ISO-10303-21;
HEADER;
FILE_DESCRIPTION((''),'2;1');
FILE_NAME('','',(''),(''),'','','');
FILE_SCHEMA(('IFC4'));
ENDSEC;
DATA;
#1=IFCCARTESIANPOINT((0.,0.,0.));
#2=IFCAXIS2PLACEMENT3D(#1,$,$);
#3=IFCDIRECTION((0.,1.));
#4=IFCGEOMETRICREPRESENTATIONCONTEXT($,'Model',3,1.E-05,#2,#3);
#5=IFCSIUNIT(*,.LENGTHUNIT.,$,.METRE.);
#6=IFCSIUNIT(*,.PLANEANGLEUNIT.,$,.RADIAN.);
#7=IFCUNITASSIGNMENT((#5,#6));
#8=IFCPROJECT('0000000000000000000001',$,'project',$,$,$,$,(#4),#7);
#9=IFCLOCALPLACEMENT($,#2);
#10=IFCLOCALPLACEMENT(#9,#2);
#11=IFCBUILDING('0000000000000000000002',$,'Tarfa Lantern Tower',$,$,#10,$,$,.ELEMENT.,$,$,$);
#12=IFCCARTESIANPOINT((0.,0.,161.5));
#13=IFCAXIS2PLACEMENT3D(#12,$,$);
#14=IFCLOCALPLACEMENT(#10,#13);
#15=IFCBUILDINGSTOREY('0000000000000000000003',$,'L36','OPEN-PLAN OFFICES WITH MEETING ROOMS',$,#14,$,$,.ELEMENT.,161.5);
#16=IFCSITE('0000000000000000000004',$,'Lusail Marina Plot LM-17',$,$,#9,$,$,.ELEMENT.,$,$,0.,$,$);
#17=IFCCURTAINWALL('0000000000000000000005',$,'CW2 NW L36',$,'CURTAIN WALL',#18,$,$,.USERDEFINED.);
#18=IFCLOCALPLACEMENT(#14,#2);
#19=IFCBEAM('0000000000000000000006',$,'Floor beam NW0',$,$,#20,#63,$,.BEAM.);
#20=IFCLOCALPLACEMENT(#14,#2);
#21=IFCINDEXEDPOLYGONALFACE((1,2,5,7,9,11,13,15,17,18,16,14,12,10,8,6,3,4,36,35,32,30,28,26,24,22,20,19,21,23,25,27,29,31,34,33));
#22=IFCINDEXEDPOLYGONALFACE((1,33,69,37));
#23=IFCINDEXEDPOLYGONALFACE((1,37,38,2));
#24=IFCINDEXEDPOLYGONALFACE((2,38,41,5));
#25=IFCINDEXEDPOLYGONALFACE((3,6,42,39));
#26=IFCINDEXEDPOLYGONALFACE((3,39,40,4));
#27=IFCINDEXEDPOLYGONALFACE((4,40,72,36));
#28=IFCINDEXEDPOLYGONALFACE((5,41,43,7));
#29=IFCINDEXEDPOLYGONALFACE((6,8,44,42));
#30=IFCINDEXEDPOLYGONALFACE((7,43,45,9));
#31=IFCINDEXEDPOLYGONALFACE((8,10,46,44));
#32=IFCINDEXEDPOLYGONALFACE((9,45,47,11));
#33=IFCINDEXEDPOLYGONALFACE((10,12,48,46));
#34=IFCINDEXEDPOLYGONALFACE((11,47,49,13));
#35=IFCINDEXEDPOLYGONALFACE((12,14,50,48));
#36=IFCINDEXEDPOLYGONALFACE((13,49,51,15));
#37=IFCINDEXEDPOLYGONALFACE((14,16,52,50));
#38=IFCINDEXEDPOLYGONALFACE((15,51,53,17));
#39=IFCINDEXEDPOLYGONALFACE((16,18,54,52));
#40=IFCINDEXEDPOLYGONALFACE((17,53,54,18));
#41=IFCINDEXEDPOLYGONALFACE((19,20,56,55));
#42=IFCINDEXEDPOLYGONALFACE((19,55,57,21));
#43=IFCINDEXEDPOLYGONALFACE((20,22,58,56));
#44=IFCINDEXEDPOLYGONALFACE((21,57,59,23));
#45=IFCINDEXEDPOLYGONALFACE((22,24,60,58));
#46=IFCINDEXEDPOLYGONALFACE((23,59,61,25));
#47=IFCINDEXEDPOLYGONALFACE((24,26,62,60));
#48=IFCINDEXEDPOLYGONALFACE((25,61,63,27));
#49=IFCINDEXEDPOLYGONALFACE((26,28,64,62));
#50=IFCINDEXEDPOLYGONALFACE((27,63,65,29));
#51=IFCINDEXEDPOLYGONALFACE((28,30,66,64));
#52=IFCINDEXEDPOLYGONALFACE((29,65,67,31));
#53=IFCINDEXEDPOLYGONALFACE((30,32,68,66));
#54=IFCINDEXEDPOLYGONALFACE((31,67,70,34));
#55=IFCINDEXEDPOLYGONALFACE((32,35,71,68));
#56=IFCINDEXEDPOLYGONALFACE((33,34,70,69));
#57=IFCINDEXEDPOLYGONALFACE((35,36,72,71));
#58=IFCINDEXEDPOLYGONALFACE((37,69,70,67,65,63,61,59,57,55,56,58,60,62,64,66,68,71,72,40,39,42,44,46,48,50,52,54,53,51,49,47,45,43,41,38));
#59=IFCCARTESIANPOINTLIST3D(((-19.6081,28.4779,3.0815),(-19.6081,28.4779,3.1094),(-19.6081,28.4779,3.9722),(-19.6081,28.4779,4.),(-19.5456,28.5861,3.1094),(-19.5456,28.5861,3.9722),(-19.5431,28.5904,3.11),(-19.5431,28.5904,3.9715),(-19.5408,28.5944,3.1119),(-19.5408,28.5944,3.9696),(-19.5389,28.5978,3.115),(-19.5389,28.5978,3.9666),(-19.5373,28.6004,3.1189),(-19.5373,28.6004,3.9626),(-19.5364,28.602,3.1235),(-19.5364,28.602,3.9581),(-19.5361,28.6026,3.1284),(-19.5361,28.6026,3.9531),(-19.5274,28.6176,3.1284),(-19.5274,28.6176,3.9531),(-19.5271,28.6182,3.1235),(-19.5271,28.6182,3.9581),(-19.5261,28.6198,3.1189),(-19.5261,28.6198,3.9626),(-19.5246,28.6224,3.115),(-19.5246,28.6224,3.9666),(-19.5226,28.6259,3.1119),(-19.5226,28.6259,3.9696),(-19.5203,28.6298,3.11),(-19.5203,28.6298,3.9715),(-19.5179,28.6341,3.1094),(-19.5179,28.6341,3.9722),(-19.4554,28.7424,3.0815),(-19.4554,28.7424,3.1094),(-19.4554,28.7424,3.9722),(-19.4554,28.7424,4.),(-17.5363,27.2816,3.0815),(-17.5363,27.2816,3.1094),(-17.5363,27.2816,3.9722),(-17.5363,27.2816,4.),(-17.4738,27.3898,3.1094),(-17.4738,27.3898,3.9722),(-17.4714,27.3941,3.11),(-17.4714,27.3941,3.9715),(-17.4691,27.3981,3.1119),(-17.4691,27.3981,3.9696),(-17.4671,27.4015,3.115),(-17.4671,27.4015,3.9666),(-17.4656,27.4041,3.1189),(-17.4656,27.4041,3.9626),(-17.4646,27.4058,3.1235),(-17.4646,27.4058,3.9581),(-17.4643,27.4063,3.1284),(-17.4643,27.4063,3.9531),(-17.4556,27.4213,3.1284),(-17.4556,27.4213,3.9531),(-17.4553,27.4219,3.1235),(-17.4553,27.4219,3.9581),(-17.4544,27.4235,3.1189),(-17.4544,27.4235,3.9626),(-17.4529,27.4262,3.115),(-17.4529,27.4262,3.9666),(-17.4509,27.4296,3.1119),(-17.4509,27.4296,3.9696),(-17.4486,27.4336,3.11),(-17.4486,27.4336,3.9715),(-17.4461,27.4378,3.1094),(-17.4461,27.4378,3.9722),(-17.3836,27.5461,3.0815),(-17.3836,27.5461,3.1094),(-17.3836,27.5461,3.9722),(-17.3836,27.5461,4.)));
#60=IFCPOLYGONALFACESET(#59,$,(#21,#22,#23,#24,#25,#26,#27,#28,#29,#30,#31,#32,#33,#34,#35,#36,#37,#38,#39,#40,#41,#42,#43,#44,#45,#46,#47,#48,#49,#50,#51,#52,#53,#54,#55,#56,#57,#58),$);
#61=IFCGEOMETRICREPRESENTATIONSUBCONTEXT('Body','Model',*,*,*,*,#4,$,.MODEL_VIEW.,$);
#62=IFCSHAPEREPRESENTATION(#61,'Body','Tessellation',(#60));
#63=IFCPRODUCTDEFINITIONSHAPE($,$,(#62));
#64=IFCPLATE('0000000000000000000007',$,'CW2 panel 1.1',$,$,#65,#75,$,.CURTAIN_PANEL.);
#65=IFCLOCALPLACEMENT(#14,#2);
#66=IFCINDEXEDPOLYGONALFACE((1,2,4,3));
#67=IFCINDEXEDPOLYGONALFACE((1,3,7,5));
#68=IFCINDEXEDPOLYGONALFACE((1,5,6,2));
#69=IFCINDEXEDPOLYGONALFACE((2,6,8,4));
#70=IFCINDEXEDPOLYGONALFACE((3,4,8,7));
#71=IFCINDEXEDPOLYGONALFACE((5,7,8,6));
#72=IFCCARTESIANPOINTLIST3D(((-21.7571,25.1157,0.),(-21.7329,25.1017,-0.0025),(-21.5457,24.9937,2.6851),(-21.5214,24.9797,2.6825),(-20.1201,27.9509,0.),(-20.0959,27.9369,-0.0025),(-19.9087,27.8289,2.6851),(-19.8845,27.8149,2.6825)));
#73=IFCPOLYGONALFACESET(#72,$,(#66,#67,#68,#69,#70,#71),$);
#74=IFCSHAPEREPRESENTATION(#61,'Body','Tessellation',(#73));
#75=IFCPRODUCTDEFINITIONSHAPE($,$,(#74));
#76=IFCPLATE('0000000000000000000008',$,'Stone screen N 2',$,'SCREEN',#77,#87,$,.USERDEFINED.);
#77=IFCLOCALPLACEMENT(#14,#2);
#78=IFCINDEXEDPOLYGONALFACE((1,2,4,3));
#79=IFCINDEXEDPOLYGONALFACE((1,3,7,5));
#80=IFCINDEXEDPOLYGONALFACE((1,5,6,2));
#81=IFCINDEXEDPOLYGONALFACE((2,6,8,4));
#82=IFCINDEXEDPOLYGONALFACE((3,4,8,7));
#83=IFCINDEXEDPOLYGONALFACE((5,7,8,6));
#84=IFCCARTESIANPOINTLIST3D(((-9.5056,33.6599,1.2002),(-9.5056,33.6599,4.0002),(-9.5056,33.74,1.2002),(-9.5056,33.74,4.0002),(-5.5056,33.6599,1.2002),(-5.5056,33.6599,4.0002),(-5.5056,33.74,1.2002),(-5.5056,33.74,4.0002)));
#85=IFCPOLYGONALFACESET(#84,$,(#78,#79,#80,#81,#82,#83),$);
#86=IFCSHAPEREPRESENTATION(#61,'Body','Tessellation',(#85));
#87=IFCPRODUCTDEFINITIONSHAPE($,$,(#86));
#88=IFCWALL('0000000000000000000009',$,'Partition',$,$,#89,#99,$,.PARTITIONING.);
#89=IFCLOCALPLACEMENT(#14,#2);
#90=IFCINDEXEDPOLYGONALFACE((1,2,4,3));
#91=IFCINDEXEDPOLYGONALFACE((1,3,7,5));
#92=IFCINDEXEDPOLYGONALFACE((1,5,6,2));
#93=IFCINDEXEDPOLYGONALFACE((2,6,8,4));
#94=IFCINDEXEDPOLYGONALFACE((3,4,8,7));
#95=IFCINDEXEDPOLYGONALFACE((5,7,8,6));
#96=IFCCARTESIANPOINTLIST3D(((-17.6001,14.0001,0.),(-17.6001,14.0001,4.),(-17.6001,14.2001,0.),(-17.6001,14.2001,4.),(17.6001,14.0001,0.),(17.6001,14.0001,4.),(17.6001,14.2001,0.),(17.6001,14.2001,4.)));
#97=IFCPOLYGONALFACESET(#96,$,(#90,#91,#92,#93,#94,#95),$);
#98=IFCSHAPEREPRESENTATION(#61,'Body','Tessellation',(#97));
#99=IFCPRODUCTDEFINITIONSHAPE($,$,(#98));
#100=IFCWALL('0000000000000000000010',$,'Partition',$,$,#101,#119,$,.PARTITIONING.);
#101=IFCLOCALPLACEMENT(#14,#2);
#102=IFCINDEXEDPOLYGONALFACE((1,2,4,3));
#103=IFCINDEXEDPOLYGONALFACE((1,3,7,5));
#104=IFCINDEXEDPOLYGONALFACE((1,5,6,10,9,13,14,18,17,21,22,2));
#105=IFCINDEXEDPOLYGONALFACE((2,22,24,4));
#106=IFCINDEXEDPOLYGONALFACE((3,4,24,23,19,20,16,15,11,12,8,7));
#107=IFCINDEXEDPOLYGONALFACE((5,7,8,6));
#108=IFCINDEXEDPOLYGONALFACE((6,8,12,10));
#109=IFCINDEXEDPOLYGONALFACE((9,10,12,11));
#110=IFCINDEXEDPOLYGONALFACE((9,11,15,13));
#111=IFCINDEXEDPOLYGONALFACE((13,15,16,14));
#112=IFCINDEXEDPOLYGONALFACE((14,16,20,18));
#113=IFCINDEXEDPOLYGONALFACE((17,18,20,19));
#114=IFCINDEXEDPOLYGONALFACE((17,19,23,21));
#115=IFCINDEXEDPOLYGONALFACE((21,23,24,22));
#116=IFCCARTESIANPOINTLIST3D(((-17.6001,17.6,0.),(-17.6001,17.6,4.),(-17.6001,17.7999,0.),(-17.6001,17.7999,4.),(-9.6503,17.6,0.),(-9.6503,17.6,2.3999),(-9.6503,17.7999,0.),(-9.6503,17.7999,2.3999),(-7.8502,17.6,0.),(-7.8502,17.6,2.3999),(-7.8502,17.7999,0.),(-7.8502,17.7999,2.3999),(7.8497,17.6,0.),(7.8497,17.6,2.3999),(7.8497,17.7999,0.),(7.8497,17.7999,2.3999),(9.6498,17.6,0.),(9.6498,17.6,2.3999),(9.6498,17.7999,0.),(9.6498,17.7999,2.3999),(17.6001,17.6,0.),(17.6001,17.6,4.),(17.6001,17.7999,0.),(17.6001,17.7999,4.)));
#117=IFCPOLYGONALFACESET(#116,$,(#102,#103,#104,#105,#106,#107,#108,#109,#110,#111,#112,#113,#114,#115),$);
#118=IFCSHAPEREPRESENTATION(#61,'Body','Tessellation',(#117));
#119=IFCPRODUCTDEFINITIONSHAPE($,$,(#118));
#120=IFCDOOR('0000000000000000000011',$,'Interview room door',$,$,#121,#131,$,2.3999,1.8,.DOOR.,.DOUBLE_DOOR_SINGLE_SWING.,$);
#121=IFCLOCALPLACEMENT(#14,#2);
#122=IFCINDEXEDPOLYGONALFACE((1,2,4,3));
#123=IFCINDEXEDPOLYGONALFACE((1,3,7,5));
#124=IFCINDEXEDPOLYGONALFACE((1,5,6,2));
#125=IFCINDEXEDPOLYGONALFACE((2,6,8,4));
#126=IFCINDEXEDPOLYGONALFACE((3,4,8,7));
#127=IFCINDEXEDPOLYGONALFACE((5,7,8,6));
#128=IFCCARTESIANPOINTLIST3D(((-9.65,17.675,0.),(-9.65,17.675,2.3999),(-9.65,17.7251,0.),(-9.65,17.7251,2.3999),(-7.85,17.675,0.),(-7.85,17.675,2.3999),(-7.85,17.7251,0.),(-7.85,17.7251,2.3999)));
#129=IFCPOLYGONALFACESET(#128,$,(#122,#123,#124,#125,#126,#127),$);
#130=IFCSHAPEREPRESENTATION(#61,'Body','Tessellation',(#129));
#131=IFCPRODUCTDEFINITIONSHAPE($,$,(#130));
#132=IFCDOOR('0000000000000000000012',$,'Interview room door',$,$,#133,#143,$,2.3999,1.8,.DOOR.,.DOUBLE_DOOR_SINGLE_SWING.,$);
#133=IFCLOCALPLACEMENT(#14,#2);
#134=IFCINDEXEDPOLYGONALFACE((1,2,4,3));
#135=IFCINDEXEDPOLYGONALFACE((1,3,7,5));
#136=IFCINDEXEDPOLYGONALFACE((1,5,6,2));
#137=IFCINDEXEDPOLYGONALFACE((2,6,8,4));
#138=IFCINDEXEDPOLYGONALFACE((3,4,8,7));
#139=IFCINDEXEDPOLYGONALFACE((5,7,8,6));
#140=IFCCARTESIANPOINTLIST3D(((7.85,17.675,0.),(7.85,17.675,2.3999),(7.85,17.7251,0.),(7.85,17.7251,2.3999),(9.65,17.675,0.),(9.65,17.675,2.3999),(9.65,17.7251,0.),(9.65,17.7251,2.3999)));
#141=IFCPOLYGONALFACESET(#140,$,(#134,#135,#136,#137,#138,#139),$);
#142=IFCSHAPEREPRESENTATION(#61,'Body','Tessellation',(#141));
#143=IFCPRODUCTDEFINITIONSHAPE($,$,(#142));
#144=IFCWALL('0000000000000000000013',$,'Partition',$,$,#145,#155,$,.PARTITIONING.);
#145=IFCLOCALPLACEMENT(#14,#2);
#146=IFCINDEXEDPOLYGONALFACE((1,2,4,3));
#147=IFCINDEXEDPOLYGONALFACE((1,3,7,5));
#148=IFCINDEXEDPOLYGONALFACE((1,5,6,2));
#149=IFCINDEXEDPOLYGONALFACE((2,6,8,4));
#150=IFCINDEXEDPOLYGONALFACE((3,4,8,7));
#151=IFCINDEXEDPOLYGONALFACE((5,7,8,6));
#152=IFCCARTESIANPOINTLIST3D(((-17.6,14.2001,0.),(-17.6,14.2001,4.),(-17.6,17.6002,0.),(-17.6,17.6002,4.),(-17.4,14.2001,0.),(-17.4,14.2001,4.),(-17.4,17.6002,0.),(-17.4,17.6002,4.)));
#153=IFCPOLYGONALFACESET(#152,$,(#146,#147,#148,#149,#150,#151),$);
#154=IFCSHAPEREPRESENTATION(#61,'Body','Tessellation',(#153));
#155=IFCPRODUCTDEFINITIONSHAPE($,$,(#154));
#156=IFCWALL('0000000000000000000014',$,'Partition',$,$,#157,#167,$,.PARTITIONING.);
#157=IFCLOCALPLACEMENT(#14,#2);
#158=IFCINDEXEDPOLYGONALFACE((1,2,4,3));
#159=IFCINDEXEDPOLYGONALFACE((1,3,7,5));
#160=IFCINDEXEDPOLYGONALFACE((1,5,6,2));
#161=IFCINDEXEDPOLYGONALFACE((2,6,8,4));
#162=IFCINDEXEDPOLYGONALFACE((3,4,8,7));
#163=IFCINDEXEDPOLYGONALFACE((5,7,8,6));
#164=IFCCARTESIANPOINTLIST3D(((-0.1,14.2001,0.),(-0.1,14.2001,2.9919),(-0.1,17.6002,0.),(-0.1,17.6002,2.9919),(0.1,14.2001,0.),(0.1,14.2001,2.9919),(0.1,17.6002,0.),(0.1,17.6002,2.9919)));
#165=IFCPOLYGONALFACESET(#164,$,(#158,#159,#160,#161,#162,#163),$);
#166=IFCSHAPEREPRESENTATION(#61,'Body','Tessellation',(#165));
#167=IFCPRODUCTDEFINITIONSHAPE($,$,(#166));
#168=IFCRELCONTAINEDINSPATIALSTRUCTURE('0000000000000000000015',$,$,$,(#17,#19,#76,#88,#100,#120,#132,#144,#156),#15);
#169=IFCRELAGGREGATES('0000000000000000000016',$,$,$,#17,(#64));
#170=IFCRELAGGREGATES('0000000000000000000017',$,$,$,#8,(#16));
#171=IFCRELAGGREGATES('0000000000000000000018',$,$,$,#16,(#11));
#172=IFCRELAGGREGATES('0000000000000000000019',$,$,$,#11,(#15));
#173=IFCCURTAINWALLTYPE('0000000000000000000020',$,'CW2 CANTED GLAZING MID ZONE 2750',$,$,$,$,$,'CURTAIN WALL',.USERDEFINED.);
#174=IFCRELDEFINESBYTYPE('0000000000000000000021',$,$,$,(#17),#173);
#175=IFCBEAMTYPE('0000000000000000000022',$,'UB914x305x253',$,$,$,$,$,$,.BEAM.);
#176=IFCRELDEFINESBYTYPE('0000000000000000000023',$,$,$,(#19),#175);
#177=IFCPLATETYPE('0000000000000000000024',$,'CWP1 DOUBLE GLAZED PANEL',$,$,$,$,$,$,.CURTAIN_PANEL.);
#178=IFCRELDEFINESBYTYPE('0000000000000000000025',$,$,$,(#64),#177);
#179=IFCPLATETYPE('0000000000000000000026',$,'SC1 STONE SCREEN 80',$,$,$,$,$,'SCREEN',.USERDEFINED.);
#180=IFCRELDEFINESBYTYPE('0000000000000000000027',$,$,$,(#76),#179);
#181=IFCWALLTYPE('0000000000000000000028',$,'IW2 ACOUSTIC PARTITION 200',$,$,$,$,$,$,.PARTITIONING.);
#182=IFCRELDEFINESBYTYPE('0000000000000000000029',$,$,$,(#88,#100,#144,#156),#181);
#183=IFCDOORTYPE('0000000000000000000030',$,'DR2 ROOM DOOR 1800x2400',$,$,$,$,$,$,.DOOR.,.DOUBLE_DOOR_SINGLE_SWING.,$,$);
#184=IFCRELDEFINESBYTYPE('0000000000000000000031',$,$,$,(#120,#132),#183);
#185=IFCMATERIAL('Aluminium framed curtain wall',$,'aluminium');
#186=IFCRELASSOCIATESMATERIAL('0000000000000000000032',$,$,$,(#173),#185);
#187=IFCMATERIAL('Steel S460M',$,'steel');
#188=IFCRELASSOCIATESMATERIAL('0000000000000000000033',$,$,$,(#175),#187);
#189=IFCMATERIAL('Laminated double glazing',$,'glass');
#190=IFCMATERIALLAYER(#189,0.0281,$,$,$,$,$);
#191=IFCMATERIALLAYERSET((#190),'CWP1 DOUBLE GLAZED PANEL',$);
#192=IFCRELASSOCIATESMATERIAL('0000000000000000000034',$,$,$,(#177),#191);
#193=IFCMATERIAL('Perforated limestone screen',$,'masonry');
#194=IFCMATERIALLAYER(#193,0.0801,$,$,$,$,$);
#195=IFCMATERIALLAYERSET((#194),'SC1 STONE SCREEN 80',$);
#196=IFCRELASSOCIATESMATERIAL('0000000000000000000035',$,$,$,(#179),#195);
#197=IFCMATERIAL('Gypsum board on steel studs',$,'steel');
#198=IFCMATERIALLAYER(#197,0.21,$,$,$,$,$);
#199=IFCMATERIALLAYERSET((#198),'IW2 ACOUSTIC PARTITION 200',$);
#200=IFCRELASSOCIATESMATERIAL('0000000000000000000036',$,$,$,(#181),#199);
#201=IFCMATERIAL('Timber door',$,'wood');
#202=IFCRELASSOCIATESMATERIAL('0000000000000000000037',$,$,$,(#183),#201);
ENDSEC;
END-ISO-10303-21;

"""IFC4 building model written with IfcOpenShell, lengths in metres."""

from ifc_helpers import new_model, si_unit, direction, frame, frame_2d, origin, origin_2d, place, context, subcontext, project, spatial, polyline, rectangle, i_section, outline, extrude, material, layer, layer_set, material_profile, profile_set, type_object, element, fill, aggregate, save


model = new_model("IFC4")

# Units and contexts
model_context = context("Model", 3, precision=1e-05, world=origin(), true_north=direction((0.0, 1.0)))
body_context = subcontext(model_context, "Body", "Model", "MODEL_VIEW")
ifc_project = project(units=[si_unit("LENGTHUNIT", "METRE"), si_unit("PLANEANGLEUNIT", "RADIAN")], contexts=[model_context])

# Site, building, storey
site_placement = place(None, origin())
site = spatial("IfcSite", under=ifc_project, at=site_placement, Name="Lusail Marina Plot LM-17", CompositionType="ELEMENT", RefElevation=0.0)
building_placement = place(site_placement, origin())
building = spatial("IfcBuilding", under=site, at=building_placement, Name="Tarfa Lantern Tower", CompositionType="ELEMENT")
storey_placement = place(building_placement, frame((0.0, 0.0, 161.5)))
storey = spatial("IfcBuildingStorey", under=building, at=storey_placement, Name="L36", Description="OPEN-PLAN OFFICES WITH MEETING ROOMS", CompositionType="ELEMENT", Elevation=161.5)

# Curtain wall
ifc_material_1 = material(Name="Aluminium framed curtain wall", Category="aluminium")
curtain_wall_type = type_object("IfcCurtainWallType", Name="CW2 CANTED GLAZING MID ZONE 2750", ElementType="CURTAIN WALL", PredefinedType="USERDEFINED", material=ifc_material_1)
curtain_wall_placement = place(storey_placement, origin())
curtain_wall = element("IfcCurtainWall", 1, at=curtain_wall_placement, inside=storey, type_object=curtain_wall_type, Name="CW2 NW L36", ObjectType="CURTAIN WALL", PredefinedType="USERDEFINED")

# Beam
ifc_material_2 = material(Name="Steel S460M", Category="steel")
ifc_material_profile_1 = material_profile(ifc_material_2, i_section(OverallWidth=0.3054, OverallDepth=0.9185, WebThickness=0.0173, FlangeThickness=0.0278, FilletRadius=0.019, at=origin_2d()), Name="UB914x305x253")
ifc_profile_set_1 = profile_set([ifc_material_profile_1], Name="Steel S460M")
beam_type_1 = type_object("IfcBeamType", Name="UB914x305x253", PredefinedType="BEAM", material=ifc_profile_set_1)
beam_1_placement = place(storey_placement, frame((-19.5317, 28.6101, 3.5408), z_axis=(0.865999, -0.500046, 0.0), x_axis=(0.500046, 0.865999, 0.0)))
element("IfcBeam", 2, at=beam_1_placement, inside=storey, type_object=beam_type_1, Name="Floor beam NW0", PredefinedType="BEAM", context=body_context, shape_type="SweptSolid", body=[
    extrude(i_section(OverallWidth=0.3054, OverallDepth=0.9185, WebThickness=0.0173, FlangeThickness=0.0278, FilletRadius=0.019, at=origin_2d()), origin(), (0.0, 0.0, 1.0), 2.3923),
])

# Plates
ifc_material_3 = material(Name="Laminated double glazing", Category="glass")
ifc_layer_1 = layer(ifc_material_3, 0.0281)
ifc_layer_set_1 = layer_set([ifc_layer_1], Name="CWP1 DOUBLE GLAZED PANEL")
plate_type_1 = type_object("IfcPlateType", Name="CWP1 DOUBLE GLAZED PANEL", PredefinedType="CURTAIN_PANEL", material=ifc_layer_set_1)
plate_1_placement = place(storey_placement, frame((-20.1201, 27.9509, 0.0), z_axis=(-0.86246, 0.497959, 0.09055), x_axis=(-0.500013, -0.866018, 0.0)))
plate_1 = element("IfcPlate", 3, at=plate_1_placement, type_object=plate_type_1, Name="CW2 panel 1.1", PredefinedType="CURTAIN_PANEL", context=body_context, shape_type="SweptSolid", body=[
    extrude(outline(polyline([(0.0, 0.0), (3.2738, 0.0), (3.2738, 2.6961), (0.0, 2.6961), (0.0, 0.0)])), origin(), (0.0, 0.0, -1.0), 0.0281),
])
aggregate(curtain_wall, [plate_1])
ifc_material_4 = material(Name="Perforated limestone screen", Category="masonry")
ifc_layer_2 = layer(ifc_material_4, 0.0801)
ifc_layer_set_2 = layer_set([ifc_layer_2], Name="SC1 STONE SCREEN 80")
plate_type_2 = type_object("IfcPlateType", Name="SC1 STONE SCREEN 80", ElementType="SCREEN", PredefinedType="USERDEFINED", material=ifc_layer_set_2)
plate_2_placement = place(storey_placement, frame((-7.5056, 33.7, 1.2002), z_axis=(0.0, 0.0, 1.0), x_axis=(-1.0, 0.0, 0.0)))
element("IfcPlate", 4, at=plate_2_placement, inside=storey, type_object=plate_type_2, Name="Stone screen N 2", ObjectType="SCREEN", PredefinedType="USERDEFINED", context=body_context, shape_type="SweptSolid", body=[
    extrude(rectangle(XDim=4.0, YDim=0.0801, at=origin_2d()), origin(), (0.0, 0.0, 1.0), 2.8),
])

# Wall
ifc_material_5 = material(Name="Gypsum board on steel studs", Category="steel")
ifc_layer_3 = layer(ifc_material_5, 0.21)
ifc_layer_set_3 = layer_set([ifc_layer_3], Name="IW2 ACOUSTIC PARTITION 200")
wall_type = type_object("IfcWallType", Name="IW2 ACOUSTIC PARTITION 200", PredefinedType="PARTITIONING", material=ifc_layer_set_3)
wall_1_placement = place(storey_placement, frame((-17.6001, 14.1001, 0.0), z_axis=(0.0, 0.0, 1.0), x_axis=(1.0, 0.0, 0.0)))
element("IfcWall", 5, at=wall_1_placement, inside=storey, type_object=wall_type, Name="Partition", PredefinedType="PARTITIONING", context=body_context, shape_type="SweptSolid", body=[
    extrude(rectangle(XDim=35.2002, YDim=0.2, at=frame_2d((17.6001, 0.0))), origin(), (0.0, 0.0, 1.0), 4.0),
])

# Wall, openings, doors
wall_2_placement = place(storey_placement, frame((-17.6001, 17.7, 0.0), z_axis=(0.0, 0.0, 1.0), x_axis=(1.0, 0.0, 0.0)))
wall_2 = element("IfcWall", 6, at=wall_2_placement, inside=storey, type_object=wall_type, Name="Partition", PredefinedType="PARTITIONING", context=body_context, shape_type="SweptSolid", body=[
    extrude(rectangle(XDim=35.2002, YDim=0.2, at=frame_2d((17.6001, 0.0))), origin(), (0.0, 0.0, 1.0), 4.0),
])
opening_1_placement = place(wall_2_placement, frame((7.95, 0.0, 0.0)))
opening_1 = element("IfcOpeningElement", 7, at=opening_1_placement, cuts=wall_2, PredefinedType="OPENING", context=body_context, shape_type="SweptSolid", body=[
    extrude(rectangle(XDim=1.8, YDim=2.3999, at=frame_2d((0.8999, 1.2))), frame((0.0, 0.1099, 0.0), z_axis=(0.0, -1.0, 0.0), x_axis=(1.0, 0.0, 0.0)), (0.0, 0.0, 1.0), 0.22),
])
opening_2_placement = place(wall_2_placement, frame((25.45, 0.0, 0.0)))
opening_2 = element("IfcOpeningElement", 8, at=opening_2_placement, cuts=wall_2, PredefinedType="OPENING", context=body_context, shape_type="SweptSolid", body=[
    extrude(rectangle(XDim=1.8, YDim=2.3999, at=frame_2d((0.8999, 1.2))), frame((0.0, 0.1099, 0.0), z_axis=(0.0, -1.0, 0.0), x_axis=(1.0, 0.0, 0.0)), (0.0, 0.0, 1.0), 0.22),
])
ifc_material_6 = material(Name="Timber door", Category="wood")
door_type = type_object("IfcDoorType", Name="DR2 ROOM DOOR 1800x2400", OperationType="DOUBLE_DOOR_SINGLE_SWING", PredefinedType="DOOR", material=ifc_material_6)
door_1_placement = place(opening_1_placement, frame((1.8, 0.0, 0.0), z_axis=(0.0, 0.0, 1.0), x_axis=(-1.0, 0.0, 0.0)))
door_1 = element("IfcDoor", 9, at=door_1_placement, inside=storey, type_object=door_type, Name="Interview room door", OperationType="DOUBLE_DOOR_SINGLE_SWING", OverallHeight=2.3999, OverallWidth=1.8, PredefinedType="DOOR", context=body_context, shape_type="SweptSolid", body=[
    extrude(rectangle(XDim=1.8, YDim=2.3999, at=frame_2d((0.8999, 1.2))), frame((0.0, 0.0249, 0.0), z_axis=(0.0, -1.0, 0.0), x_axis=(1.0, 0.0, 0.0)), (0.0, 0.0, 1.0), 0.05),
])
fill(opening_1, door_1)
door_2_placement = place(opening_2_placement, frame((1.8, 0.0, 0.0), z_axis=(0.0, 0.0, 1.0), x_axis=(-1.0, 0.0, 0.0)))
door_2 = element("IfcDoor", 10, at=door_2_placement, inside=storey, type_object=door_type, Name="Interview room door", OperationType="DOUBLE_DOOR_SINGLE_SWING", OverallHeight=2.3999, OverallWidth=1.8, PredefinedType="DOOR", context=body_context, shape_type="SweptSolid", body=[
    extrude(rectangle(XDim=1.8, YDim=2.3999, at=frame_2d((0.8999, 1.2))), frame((0.0, 0.0249, 0.0), z_axis=(0.0, -1.0, 0.0), x_axis=(1.0, 0.0, 0.0)), (0.0, 0.0, 1.0), 0.05),
])
fill(opening_2, door_2)

# Walls
wall_3_placement = place(storey_placement, frame((-17.5, 14.2, 0.0), z_axis=(0.0, 0.0, 1.0), x_axis=(0.0, 1.0, 0.0)))
element("IfcWall", 11, at=wall_3_placement, inside=storey, type_object=wall_type, Name="Partition", PredefinedType="PARTITIONING", context=body_context, shape_type="SweptSolid", body=[
    extrude(rectangle(XDim=3.4001, YDim=0.2, at=frame_2d((1.7002, 0.0))), origin(), (0.0, 0.0, 1.0), 4.0),
])
wall_4_placement = place(storey_placement, frame((0.0, 14.2, 0.0), z_axis=(0.0, 0.0, 1.0), x_axis=(0.0, 1.0, 0.0)))
element("IfcWall", 12, at=wall_4_placement, inside=storey, type_object=wall_type, Name="Partition", PredefinedType="PARTITIONING", context=body_context, shape_type="SweptSolid", body=[
    extrude(rectangle(XDim=3.4001, YDim=0.2, at=frame_2d((1.7002, 0.0))), origin(), (0.0, 0.0, 1.0), 2.9919),
])

save(model, "model.ifc")
